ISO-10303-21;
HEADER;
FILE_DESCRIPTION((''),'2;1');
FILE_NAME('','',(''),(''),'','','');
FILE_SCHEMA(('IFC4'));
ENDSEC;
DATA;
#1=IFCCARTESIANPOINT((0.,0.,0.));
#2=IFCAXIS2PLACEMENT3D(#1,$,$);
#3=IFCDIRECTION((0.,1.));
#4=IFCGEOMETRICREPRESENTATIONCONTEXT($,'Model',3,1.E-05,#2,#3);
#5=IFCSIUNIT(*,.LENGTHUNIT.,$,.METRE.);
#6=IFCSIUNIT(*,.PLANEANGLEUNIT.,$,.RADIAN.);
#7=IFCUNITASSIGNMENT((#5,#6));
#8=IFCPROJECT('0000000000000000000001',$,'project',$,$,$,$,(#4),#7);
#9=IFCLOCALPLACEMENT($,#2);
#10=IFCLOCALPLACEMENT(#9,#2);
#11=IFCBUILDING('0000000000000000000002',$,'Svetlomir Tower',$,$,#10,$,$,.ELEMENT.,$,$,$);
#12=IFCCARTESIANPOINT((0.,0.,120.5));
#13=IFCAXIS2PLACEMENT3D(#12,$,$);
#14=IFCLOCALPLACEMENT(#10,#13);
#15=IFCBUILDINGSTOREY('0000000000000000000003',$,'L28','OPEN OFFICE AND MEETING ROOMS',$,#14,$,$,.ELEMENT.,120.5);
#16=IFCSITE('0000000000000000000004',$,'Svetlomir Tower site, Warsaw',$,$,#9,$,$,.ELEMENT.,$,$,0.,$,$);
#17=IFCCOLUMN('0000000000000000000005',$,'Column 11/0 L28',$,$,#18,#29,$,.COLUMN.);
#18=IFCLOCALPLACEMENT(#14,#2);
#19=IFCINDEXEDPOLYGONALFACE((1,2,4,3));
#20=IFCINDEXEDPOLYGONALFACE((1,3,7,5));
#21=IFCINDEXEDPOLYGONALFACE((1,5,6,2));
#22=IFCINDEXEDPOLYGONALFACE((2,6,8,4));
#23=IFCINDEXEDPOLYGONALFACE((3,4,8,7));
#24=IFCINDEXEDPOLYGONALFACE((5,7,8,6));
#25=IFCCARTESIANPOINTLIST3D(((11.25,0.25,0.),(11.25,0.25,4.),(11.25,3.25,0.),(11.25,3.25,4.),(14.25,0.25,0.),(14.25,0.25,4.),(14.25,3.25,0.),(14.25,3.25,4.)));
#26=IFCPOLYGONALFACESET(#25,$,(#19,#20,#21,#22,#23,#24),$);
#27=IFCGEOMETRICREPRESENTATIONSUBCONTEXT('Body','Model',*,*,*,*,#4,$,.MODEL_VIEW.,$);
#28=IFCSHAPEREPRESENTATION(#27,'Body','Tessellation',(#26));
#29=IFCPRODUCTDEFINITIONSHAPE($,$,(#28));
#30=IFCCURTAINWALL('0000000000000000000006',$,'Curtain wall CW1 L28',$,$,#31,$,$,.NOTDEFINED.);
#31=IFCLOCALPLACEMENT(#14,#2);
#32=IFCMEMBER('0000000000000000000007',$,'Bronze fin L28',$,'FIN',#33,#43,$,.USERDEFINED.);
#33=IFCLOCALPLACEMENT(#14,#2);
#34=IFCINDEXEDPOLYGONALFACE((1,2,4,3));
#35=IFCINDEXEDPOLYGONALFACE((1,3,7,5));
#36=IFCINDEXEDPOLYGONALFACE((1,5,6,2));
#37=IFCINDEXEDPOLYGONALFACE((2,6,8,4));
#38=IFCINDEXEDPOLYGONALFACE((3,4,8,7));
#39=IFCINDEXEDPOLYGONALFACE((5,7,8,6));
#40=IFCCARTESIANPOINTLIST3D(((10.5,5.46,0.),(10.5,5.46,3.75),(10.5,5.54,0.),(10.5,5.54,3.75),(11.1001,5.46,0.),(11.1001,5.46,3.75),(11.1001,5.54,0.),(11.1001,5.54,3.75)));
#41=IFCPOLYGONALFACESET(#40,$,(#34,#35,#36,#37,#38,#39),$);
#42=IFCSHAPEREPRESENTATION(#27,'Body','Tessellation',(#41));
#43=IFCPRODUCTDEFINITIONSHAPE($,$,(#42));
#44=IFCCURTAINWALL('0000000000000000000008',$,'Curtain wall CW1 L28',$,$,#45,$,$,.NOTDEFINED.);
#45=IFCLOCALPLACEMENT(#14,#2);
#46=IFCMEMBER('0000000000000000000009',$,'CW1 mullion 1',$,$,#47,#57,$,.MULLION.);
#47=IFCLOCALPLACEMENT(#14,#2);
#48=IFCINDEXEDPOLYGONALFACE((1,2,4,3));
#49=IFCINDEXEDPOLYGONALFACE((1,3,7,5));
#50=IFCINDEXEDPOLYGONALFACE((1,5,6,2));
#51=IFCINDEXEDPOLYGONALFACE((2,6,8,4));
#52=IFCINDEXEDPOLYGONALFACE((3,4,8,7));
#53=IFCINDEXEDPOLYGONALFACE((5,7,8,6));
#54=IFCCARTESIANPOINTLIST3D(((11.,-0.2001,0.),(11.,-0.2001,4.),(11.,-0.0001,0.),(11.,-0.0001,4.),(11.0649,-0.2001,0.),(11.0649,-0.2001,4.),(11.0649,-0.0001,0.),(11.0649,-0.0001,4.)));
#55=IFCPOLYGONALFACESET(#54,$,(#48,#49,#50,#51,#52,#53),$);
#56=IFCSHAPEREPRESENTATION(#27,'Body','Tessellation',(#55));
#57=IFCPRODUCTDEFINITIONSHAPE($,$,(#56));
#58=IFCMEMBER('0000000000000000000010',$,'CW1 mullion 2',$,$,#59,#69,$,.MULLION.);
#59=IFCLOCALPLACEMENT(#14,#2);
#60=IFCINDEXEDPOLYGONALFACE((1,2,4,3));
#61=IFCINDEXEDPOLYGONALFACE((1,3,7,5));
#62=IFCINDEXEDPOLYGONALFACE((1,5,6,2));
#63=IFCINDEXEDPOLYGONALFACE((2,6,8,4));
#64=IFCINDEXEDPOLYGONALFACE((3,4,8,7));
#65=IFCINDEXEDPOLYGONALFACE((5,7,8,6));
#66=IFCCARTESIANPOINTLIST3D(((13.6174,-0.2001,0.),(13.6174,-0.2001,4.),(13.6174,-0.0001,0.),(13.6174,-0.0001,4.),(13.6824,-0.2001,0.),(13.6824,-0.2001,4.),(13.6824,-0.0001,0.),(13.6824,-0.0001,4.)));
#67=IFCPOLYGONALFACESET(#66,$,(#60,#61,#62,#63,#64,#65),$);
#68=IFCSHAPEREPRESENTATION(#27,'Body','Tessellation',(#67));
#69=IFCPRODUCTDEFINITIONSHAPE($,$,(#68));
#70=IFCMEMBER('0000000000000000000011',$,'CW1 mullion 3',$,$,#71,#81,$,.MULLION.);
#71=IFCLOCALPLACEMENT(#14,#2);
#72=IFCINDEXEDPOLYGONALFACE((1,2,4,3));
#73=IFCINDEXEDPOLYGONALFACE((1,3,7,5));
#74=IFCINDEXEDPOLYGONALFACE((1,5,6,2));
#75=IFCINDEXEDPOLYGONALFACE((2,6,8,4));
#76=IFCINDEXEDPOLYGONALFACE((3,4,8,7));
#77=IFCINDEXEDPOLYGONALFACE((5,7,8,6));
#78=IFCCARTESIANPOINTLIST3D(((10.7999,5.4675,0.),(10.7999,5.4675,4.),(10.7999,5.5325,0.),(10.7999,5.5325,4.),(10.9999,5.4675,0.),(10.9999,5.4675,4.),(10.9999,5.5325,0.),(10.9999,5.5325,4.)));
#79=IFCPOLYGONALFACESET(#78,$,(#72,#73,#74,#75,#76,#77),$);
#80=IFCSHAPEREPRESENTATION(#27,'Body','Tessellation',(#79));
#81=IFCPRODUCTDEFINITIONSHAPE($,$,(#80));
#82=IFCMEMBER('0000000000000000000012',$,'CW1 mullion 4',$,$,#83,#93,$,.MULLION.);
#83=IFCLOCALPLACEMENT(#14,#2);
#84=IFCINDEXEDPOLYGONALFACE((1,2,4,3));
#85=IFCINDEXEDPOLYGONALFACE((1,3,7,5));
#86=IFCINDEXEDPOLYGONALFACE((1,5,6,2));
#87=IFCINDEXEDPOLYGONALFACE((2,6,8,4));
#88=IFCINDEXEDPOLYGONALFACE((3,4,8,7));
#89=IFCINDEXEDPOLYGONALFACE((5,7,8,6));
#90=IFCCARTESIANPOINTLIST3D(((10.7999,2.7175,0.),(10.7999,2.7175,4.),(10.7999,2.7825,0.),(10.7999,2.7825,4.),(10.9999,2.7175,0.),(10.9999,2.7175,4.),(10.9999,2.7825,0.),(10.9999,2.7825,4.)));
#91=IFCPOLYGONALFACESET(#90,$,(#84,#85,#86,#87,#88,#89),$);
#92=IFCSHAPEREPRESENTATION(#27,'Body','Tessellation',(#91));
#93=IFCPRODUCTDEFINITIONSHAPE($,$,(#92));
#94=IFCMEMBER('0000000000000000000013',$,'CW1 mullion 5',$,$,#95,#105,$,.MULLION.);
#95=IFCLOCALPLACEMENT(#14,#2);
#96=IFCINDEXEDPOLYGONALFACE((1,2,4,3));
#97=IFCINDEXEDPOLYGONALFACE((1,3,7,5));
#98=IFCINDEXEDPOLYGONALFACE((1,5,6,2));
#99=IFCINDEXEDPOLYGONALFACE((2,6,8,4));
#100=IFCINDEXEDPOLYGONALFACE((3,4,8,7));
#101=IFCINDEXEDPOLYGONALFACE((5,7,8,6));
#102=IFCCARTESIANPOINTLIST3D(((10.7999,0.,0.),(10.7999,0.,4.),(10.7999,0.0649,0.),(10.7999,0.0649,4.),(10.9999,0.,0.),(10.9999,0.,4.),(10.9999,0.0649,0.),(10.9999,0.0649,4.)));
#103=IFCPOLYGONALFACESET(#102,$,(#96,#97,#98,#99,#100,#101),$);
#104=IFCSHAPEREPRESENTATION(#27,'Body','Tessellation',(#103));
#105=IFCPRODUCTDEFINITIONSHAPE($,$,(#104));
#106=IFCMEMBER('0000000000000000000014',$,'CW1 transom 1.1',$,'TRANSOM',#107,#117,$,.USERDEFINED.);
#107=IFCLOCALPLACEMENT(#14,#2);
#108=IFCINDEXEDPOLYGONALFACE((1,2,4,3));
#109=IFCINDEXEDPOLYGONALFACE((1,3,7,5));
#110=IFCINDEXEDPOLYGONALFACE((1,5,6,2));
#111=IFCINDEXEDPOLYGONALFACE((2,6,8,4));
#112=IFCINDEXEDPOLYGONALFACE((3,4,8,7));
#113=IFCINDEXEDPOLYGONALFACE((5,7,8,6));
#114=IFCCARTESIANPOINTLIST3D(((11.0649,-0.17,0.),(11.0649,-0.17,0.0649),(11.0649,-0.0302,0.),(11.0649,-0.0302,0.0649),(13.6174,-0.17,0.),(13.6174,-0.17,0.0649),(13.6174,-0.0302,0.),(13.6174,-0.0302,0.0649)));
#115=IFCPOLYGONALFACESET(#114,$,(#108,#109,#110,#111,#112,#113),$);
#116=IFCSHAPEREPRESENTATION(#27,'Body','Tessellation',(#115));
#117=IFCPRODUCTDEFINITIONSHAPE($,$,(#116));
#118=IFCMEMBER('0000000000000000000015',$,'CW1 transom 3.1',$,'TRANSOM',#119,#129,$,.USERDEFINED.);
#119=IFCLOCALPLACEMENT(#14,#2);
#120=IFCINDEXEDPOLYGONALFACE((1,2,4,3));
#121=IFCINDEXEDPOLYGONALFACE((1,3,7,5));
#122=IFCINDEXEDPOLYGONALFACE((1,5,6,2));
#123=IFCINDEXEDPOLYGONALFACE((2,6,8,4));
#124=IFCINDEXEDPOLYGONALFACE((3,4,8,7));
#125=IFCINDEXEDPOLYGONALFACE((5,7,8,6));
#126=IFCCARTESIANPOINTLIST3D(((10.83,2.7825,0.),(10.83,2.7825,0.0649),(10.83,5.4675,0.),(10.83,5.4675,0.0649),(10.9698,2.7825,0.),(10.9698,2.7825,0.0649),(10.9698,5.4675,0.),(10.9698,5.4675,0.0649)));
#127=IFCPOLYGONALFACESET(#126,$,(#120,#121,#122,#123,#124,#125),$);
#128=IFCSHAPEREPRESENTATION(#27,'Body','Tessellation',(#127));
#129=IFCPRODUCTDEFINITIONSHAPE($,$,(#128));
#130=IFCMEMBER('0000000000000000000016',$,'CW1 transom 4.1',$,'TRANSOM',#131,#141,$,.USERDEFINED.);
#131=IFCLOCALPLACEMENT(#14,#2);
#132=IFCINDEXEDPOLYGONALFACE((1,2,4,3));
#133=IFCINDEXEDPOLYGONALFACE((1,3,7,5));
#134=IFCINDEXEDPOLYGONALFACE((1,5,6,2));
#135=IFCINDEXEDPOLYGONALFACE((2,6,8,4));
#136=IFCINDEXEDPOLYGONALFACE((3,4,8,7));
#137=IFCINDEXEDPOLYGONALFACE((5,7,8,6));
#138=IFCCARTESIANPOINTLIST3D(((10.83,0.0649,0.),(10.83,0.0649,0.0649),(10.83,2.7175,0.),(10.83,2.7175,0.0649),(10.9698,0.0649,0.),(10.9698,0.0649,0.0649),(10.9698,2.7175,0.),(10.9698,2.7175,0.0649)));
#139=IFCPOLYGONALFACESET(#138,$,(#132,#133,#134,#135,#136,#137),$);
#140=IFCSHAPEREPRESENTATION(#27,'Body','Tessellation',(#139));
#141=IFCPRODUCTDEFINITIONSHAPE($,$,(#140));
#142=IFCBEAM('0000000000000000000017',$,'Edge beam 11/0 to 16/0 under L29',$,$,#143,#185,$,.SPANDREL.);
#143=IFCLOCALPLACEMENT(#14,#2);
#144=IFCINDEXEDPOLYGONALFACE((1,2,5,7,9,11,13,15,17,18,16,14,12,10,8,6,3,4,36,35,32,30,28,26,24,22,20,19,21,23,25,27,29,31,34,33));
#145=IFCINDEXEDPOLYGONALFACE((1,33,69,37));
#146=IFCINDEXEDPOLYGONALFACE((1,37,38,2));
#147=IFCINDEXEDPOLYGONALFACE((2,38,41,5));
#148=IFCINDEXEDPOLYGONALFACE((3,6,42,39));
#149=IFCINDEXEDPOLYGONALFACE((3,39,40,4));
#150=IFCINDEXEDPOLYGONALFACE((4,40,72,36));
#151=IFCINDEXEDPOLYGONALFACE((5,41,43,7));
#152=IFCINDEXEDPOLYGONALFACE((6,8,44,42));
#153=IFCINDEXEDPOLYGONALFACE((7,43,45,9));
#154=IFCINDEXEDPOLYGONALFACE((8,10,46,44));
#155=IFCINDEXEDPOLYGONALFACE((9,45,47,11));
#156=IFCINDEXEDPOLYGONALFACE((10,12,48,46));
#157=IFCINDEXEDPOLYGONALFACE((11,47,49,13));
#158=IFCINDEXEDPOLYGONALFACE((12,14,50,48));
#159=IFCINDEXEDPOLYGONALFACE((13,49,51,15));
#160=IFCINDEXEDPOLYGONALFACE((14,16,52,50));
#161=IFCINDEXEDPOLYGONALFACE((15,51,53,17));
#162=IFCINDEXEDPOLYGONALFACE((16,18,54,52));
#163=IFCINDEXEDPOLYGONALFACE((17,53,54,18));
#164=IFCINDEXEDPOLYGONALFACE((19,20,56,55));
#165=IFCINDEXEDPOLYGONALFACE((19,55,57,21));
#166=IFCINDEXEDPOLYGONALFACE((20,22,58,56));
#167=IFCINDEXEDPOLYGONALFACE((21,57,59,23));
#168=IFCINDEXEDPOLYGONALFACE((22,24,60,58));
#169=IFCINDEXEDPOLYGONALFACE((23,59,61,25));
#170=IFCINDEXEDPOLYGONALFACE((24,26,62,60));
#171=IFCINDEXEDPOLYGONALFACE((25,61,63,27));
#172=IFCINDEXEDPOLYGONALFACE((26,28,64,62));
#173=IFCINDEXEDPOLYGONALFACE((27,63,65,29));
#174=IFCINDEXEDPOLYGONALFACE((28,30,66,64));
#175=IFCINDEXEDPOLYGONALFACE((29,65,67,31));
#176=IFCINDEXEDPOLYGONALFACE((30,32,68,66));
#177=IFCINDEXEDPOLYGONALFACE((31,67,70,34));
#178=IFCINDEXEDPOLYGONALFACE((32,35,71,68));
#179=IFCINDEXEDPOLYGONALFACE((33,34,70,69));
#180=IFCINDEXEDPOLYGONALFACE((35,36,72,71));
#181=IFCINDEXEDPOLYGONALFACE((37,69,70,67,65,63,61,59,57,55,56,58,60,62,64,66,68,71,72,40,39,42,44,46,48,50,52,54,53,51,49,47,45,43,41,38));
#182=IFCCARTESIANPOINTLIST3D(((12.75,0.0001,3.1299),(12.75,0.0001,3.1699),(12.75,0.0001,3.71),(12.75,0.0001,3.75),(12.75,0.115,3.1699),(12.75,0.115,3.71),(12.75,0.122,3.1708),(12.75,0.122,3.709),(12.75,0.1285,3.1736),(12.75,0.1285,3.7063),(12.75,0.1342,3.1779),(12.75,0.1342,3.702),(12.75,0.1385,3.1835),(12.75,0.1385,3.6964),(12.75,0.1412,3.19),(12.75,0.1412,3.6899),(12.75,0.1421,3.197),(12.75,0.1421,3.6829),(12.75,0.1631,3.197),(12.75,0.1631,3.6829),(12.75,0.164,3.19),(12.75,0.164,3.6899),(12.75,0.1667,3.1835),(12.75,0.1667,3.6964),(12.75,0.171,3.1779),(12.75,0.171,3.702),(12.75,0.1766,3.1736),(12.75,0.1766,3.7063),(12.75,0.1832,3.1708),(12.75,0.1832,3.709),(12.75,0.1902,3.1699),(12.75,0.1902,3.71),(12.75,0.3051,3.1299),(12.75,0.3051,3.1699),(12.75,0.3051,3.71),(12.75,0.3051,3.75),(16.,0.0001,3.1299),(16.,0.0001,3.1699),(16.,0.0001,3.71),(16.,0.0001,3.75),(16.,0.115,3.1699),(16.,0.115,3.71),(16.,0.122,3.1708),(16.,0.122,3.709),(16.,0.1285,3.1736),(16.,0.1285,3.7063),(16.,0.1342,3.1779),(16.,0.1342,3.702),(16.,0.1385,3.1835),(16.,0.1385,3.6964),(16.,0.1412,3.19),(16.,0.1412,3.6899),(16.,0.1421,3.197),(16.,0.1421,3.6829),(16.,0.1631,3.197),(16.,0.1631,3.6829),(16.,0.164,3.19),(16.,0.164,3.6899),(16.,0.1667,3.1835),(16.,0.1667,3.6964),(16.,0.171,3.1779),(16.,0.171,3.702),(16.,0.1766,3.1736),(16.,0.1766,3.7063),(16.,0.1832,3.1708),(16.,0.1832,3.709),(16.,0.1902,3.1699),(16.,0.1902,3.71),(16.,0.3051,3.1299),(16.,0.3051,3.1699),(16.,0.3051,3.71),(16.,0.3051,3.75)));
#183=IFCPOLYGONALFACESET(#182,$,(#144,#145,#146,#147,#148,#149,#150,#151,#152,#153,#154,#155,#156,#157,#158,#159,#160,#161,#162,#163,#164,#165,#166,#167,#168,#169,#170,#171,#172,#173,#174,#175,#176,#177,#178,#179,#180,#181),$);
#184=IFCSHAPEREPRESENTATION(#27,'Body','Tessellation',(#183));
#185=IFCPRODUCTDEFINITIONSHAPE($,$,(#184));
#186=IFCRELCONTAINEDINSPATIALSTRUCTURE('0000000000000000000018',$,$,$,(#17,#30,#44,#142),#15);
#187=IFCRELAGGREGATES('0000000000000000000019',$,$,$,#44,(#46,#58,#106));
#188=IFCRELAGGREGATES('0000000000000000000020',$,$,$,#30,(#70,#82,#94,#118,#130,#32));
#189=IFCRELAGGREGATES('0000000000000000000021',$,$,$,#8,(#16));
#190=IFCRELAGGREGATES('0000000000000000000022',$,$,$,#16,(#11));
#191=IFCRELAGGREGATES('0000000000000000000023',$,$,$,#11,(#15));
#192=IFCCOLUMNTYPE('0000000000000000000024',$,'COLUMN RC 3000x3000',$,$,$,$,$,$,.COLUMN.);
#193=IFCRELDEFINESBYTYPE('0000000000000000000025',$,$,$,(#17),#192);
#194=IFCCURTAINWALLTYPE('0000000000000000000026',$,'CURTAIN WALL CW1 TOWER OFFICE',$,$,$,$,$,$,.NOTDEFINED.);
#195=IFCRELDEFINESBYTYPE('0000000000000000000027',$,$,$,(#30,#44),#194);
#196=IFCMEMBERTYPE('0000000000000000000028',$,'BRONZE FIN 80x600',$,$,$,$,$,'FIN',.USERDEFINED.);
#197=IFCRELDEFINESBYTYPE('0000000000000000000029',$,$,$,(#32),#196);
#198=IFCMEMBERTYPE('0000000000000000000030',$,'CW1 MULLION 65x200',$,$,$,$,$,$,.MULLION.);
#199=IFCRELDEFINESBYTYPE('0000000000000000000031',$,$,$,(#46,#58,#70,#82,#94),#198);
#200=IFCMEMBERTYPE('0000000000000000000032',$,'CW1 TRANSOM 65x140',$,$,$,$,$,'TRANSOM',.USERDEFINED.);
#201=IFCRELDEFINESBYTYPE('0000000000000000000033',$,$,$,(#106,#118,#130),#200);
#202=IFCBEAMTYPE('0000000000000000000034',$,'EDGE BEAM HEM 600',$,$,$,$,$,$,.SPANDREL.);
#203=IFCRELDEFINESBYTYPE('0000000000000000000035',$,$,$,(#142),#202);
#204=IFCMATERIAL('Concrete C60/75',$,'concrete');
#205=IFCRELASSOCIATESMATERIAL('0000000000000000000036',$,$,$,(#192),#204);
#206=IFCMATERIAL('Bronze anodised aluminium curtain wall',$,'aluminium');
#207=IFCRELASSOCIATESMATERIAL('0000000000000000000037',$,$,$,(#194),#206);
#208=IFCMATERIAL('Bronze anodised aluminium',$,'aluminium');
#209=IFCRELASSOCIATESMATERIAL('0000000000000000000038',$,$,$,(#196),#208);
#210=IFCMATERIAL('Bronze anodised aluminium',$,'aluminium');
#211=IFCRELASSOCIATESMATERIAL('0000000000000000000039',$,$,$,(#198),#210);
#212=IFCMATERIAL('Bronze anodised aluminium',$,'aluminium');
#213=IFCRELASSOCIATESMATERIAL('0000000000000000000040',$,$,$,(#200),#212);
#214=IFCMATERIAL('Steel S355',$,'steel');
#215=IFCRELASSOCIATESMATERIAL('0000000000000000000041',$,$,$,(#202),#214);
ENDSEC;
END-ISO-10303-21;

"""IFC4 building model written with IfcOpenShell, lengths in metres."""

from ifc_helpers import new_model, si_unit, direction, frame, origin, origin_2d, place, context, subcontext, project, spatial, rectangle, i_section, extrude, material, material_profile, profile_set, type_object, element, aggregate, save


model = new_model("IFC4")

# Units and contexts
model_context = context("Model", 3, precision=1e-05, world=origin(), true_north=direction((0.0, 1.0)))
body_context = subcontext(model_context, "Body", "Model", "MODEL_VIEW")
ifc_project = project(units=[si_unit("LENGTHUNIT", "METRE"), si_unit("PLANEANGLEUNIT", "RADIAN")], contexts=[model_context])

# Site, building, storey
site_placement = place(None, origin())
site = spatial("IfcSite", under=ifc_project, at=site_placement, Name="Svetlomir Tower site, Warsaw", CompositionType="ELEMENT", RefElevation=0.0)
building_placement = place(site_placement, origin())
building = spatial("IfcBuilding", under=site, at=building_placement, Name="Svetlomir Tower", CompositionType="ELEMENT")
storey_placement = place(building_placement, frame((0.0, 0.0, 120.5)))
storey = spatial("IfcBuildingStorey", under=building, at=storey_placement, Name="L28", Description="OPEN OFFICE AND MEETING ROOMS", CompositionType="ELEMENT", Elevation=120.5)

# Column
ifc_material_1 = material(Name="Concrete C60/75", Category="concrete")
ifc_material_profile_1 = material_profile(ifc_material_1, rectangle(XDim=3.0, YDim=3.0, at=origin_2d()), Name="RC 3000x3000")
ifc_profile_set_1 = profile_set([ifc_material_profile_1], Name="Concrete C60/75")
column_type = type_object("IfcColumnType", Name="COLUMN RC 3000x3000", PredefinedType="COLUMN", material=ifc_profile_set_1)
column_placement = place(storey_placement, frame((12.75, 1.75, 0.0), z_axis=(0.0, 0.0, 1.0), x_axis=(1.0, 0.0, 0.0)))
element("IfcColumn", 1, at=column_placement, inside=storey, type_object=column_type, Name="Column 11/0 L28", PredefinedType="COLUMN", context=body_context, shape_type="SweptSolid", body=[
    extrude(rectangle(XDim=3.0, YDim=3.0, at=origin_2d()), origin(), (0.0, 0.0, 1.0), 4.0),
])

# Curtain wall, member
ifc_material_2 = material(Name="Bronze anodised aluminium curtain wall", Category="aluminium")
curtain_wall_type = type_object("IfcCurtainWallType", Name="CURTAIN WALL CW1 TOWER OFFICE", PredefinedType="NOTDEFINED", material=ifc_material_2)
curtain_wall_1_placement = place(storey_placement, origin())
curtain_wall_1 = element("IfcCurtainWall", 2, at=curtain_wall_1_placement, inside=storey, type_object=curtain_wall_type, Name="Curtain wall CW1 L28", PredefinedType="NOTDEFINED")
ifc_material_3 = material(Name="Bronze anodised aluminium", Category="aluminium")
ifc_material_profile_2 = material_profile(ifc_material_3, rectangle(XDim=0.0801, YDim=0.6001, at=origin_2d()), Name="FIN 80x600")
ifc_profile_set_2 = profile_set([ifc_material_profile_2], Name="Bronze anodised aluminium 6063-T6")
member_type_1 = type_object("IfcMemberType", Name="BRONZE FIN 80x600", ElementType="FIN", PredefinedType="USERDEFINED", material=ifc_profile_set_2)
member_1_placement = place(storey_placement, frame((10.8, 5.5, 0.0), z_axis=(0.0, 0.0, 1.0), x_axis=(0.0, 1.0, 0.0)))
member_1 = element("IfcMember", 3, at=member_1_placement, type_object=member_type_1, Name="Bronze fin L28", ObjectType="FIN", PredefinedType="USERDEFINED", context=body_context, shape_type="SweptSolid", body=[
    extrude(rectangle(XDim=0.0801, YDim=0.6001, at=origin_2d()), origin(), (0.0, 0.0, 1.0), 3.75),
])

# Curtain wall, members
curtain_wall_2_placement = place(storey_placement, origin())
curtain_wall_2 = element("IfcCurtainWall", 4, at=curtain_wall_2_placement, inside=storey, type_object=curtain_wall_type, Name="Curtain wall CW1 L28", PredefinedType="NOTDEFINED")
ifc_material_4 = material(Name="Bronze anodised aluminium", Category="aluminium")
ifc_material_profile_3 = material_profile(ifc_material_4, rectangle(XDim=0.0649, YDim=0.2, at=origin_2d()), Name="AL 65x200")
ifc_profile_set_3 = profile_set([ifc_material_profile_3], Name="Bronze anodised aluminium 6063-T6")
member_type_2 = type_object("IfcMemberType", Name="CW1 MULLION 65x200", PredefinedType="MULLION", material=ifc_profile_set_3)
member_2_placement = place(storey_placement, frame((11.0325, -0.1001, 0.0), z_axis=(0.0, 0.0, 1.0), x_axis=(1.0, 0.0, 0.0)))
member_2 = element("IfcMember", 5, at=member_2_placement, type_object=member_type_2, Name="CW1 mullion 1", PredefinedType="MULLION", context=body_context, shape_type="SweptSolid", body=[
    extrude(rectangle(XDim=0.0649, YDim=0.2, at=origin_2d()), origin(), (0.0, 0.0, 1.0), 4.0),
])
member_3_placement = place(storey_placement, frame((13.6499, -0.1001, 0.0), z_axis=(0.0, 0.0, 1.0), x_axis=(1.0, 0.0, 0.0)))
member_3 = element("IfcMember", 6, at=member_3_placement, type_object=member_type_2, Name="CW1 mullion 2", PredefinedType="MULLION", context=body_context, shape_type="SweptSolid", body=[
    extrude(rectangle(XDim=0.0649, YDim=0.2, at=origin_2d()), origin(), (0.0, 0.0, 1.0), 4.0),
])

# Members
member_4_placement = place(storey_placement, frame((10.8999, 5.5, 0.0), z_axis=(0.0, 0.0, 1.0), x_axis=(0.0, -1.0, 0.0)))
member_4 = element("IfcMember", 7, at=member_4_placement, type_object=member_type_2, Name="CW1 mullion 3", PredefinedType="MULLION", context=body_context, shape_type="SweptSolid", body=[
    extrude(rectangle(XDim=0.0649, YDim=0.2, at=origin_2d()), origin(), (0.0, 0.0, 1.0), 4.0),
])
member_5_placement = place(storey_placement, frame((10.8999, 2.75, 0.0), z_axis=(0.0, 0.0, 1.0), x_axis=(0.0, -1.0, 0.0)))
member_5 = element("IfcMember", 8, at=member_5_placement, type_object=member_type_2, Name="CW1 mullion 4", PredefinedType="MULLION", context=body_context, shape_type="SweptSolid", body=[
    extrude(rectangle(XDim=0.0649, YDim=0.2, at=origin_2d()), origin(), (0.0, 0.0, 1.0), 4.0),
])
member_6_placement = place(storey_placement, frame((10.8999, 0.0325, 0.0), z_axis=(0.0, 0.0, 1.0), x_axis=(0.0, -1.0, 0.0)))
member_6 = element("IfcMember", 9, at=member_6_placement, type_object=member_type_2, Name="CW1 mullion 5", PredefinedType="MULLION", context=body_context, shape_type="SweptSolid", body=[
    extrude(rectangle(XDim=0.0649, YDim=0.2, at=origin_2d()), origin(), (0.0, 0.0, 1.0), 4.0),
])
ifc_material_5 = material(Name="Bronze anodised aluminium", Category="aluminium")
ifc_material_profile_4 = material_profile(ifc_material_5, rectangle(XDim=0.1399, YDim=0.0649, at=origin_2d()), Name="AL 140x65")
ifc_profile_set_4 = profile_set([ifc_material_profile_4], Name="Bronze anodised aluminium 6063-T6")
member_type_3 = type_object("IfcMemberType", Name="CW1 TRANSOM 65x140", ElementType="TRANSOM", PredefinedType="USERDEFINED", material=ifc_profile_set_4)
member_7_placement = place(storey_placement, frame((11.0649, -0.1001, 0.0325), z_axis=(1.0, 0.0, 0.0), x_axis=(0.0, 1.0, 0.0)))
member_7 = element("IfcMember", 10, at=member_7_placement, type_object=member_type_3, Name="CW1 transom 1.1", ObjectType="TRANSOM", PredefinedType="USERDEFINED", context=body_context, shape_type="SweptSolid", body=[
    extrude(rectangle(XDim=0.1399, YDim=0.0649, at=origin_2d()), origin(), (0.0, 0.0, 1.0), 2.5525),
])
member_8_placement = place(storey_placement, frame((10.8999, 5.4675, 0.0325), z_axis=(0.0, -1.0, 0.0), x_axis=(1.0, 0.0, 0.0)))
member_8 = element("IfcMember", 11, at=member_8_placement, type_object=member_type_3, Name="CW1 transom 3.1", ObjectType="TRANSOM", PredefinedType="USERDEFINED", context=body_context, shape_type="SweptSolid", body=[
    extrude(rectangle(XDim=0.1399, YDim=0.0649, at=origin_2d()), origin(), (0.0, 0.0, 1.0), 2.6851),
])
member_9_placement = place(storey_placement, frame((10.8999, 2.7175, 0.0325), z_axis=(0.0, -1.0, 0.0), x_axis=(1.0, 0.0, 0.0)))
member_9 = element("IfcMember", 12, at=member_9_placement, type_object=member_type_3, Name="CW1 transom 4.1", ObjectType="TRANSOM", PredefinedType="USERDEFINED", context=body_context, shape_type="SweptSolid", body=[
    extrude(rectangle(XDim=0.1399, YDim=0.0649, at=origin_2d()), origin(), (0.0, 0.0, 1.0), 2.6526),
])

# Beam
ifc_material_6 = material(Name="Steel S355", Category="steel")
ifc_material_profile_5 = material_profile(ifc_material_6, i_section(OverallWidth=0.3049, OverallDepth=0.6201, WebThickness=0.021, FlangeThickness=0.04, FilletRadius=0.0271, at=origin_2d()), Name="HEM 600")
ifc_profile_set_5 = profile_set([ifc_material_profile_5], Name="Steel S355")
beam_type = type_object("IfcBeamType", Name="EDGE BEAM HEM 600", PredefinedType="SPANDREL", material=ifc_profile_set_5)
beam_placement = place(storey_placement, frame((12.75, 0.1526, 3.4399), z_axis=(1.0, 0.0, 0.0), x_axis=(0.0, 1.0, 0.0)))
element("IfcBeam", 13, at=beam_placement, inside=storey, type_object=beam_type, Name="Edge beam 11/0 to 16/0 under L29", PredefinedType="SPANDREL", context=body_context, shape_type="SweptSolid", body=[
    extrude(i_section(OverallWidth=0.3049, OverallDepth=0.6201, WebThickness=0.021, FlangeThickness=0.04, FilletRadius=0.0271, at=origin_2d()), origin(), (0.0, 0.0, 1.0), 3.25),
])

aggregate(curtain_wall_2, [member_2, member_3, member_7])
aggregate(curtain_wall_1, [member_4, member_5, member_6, member_8, member_9, member_1])

save(model, "model.ifc")
